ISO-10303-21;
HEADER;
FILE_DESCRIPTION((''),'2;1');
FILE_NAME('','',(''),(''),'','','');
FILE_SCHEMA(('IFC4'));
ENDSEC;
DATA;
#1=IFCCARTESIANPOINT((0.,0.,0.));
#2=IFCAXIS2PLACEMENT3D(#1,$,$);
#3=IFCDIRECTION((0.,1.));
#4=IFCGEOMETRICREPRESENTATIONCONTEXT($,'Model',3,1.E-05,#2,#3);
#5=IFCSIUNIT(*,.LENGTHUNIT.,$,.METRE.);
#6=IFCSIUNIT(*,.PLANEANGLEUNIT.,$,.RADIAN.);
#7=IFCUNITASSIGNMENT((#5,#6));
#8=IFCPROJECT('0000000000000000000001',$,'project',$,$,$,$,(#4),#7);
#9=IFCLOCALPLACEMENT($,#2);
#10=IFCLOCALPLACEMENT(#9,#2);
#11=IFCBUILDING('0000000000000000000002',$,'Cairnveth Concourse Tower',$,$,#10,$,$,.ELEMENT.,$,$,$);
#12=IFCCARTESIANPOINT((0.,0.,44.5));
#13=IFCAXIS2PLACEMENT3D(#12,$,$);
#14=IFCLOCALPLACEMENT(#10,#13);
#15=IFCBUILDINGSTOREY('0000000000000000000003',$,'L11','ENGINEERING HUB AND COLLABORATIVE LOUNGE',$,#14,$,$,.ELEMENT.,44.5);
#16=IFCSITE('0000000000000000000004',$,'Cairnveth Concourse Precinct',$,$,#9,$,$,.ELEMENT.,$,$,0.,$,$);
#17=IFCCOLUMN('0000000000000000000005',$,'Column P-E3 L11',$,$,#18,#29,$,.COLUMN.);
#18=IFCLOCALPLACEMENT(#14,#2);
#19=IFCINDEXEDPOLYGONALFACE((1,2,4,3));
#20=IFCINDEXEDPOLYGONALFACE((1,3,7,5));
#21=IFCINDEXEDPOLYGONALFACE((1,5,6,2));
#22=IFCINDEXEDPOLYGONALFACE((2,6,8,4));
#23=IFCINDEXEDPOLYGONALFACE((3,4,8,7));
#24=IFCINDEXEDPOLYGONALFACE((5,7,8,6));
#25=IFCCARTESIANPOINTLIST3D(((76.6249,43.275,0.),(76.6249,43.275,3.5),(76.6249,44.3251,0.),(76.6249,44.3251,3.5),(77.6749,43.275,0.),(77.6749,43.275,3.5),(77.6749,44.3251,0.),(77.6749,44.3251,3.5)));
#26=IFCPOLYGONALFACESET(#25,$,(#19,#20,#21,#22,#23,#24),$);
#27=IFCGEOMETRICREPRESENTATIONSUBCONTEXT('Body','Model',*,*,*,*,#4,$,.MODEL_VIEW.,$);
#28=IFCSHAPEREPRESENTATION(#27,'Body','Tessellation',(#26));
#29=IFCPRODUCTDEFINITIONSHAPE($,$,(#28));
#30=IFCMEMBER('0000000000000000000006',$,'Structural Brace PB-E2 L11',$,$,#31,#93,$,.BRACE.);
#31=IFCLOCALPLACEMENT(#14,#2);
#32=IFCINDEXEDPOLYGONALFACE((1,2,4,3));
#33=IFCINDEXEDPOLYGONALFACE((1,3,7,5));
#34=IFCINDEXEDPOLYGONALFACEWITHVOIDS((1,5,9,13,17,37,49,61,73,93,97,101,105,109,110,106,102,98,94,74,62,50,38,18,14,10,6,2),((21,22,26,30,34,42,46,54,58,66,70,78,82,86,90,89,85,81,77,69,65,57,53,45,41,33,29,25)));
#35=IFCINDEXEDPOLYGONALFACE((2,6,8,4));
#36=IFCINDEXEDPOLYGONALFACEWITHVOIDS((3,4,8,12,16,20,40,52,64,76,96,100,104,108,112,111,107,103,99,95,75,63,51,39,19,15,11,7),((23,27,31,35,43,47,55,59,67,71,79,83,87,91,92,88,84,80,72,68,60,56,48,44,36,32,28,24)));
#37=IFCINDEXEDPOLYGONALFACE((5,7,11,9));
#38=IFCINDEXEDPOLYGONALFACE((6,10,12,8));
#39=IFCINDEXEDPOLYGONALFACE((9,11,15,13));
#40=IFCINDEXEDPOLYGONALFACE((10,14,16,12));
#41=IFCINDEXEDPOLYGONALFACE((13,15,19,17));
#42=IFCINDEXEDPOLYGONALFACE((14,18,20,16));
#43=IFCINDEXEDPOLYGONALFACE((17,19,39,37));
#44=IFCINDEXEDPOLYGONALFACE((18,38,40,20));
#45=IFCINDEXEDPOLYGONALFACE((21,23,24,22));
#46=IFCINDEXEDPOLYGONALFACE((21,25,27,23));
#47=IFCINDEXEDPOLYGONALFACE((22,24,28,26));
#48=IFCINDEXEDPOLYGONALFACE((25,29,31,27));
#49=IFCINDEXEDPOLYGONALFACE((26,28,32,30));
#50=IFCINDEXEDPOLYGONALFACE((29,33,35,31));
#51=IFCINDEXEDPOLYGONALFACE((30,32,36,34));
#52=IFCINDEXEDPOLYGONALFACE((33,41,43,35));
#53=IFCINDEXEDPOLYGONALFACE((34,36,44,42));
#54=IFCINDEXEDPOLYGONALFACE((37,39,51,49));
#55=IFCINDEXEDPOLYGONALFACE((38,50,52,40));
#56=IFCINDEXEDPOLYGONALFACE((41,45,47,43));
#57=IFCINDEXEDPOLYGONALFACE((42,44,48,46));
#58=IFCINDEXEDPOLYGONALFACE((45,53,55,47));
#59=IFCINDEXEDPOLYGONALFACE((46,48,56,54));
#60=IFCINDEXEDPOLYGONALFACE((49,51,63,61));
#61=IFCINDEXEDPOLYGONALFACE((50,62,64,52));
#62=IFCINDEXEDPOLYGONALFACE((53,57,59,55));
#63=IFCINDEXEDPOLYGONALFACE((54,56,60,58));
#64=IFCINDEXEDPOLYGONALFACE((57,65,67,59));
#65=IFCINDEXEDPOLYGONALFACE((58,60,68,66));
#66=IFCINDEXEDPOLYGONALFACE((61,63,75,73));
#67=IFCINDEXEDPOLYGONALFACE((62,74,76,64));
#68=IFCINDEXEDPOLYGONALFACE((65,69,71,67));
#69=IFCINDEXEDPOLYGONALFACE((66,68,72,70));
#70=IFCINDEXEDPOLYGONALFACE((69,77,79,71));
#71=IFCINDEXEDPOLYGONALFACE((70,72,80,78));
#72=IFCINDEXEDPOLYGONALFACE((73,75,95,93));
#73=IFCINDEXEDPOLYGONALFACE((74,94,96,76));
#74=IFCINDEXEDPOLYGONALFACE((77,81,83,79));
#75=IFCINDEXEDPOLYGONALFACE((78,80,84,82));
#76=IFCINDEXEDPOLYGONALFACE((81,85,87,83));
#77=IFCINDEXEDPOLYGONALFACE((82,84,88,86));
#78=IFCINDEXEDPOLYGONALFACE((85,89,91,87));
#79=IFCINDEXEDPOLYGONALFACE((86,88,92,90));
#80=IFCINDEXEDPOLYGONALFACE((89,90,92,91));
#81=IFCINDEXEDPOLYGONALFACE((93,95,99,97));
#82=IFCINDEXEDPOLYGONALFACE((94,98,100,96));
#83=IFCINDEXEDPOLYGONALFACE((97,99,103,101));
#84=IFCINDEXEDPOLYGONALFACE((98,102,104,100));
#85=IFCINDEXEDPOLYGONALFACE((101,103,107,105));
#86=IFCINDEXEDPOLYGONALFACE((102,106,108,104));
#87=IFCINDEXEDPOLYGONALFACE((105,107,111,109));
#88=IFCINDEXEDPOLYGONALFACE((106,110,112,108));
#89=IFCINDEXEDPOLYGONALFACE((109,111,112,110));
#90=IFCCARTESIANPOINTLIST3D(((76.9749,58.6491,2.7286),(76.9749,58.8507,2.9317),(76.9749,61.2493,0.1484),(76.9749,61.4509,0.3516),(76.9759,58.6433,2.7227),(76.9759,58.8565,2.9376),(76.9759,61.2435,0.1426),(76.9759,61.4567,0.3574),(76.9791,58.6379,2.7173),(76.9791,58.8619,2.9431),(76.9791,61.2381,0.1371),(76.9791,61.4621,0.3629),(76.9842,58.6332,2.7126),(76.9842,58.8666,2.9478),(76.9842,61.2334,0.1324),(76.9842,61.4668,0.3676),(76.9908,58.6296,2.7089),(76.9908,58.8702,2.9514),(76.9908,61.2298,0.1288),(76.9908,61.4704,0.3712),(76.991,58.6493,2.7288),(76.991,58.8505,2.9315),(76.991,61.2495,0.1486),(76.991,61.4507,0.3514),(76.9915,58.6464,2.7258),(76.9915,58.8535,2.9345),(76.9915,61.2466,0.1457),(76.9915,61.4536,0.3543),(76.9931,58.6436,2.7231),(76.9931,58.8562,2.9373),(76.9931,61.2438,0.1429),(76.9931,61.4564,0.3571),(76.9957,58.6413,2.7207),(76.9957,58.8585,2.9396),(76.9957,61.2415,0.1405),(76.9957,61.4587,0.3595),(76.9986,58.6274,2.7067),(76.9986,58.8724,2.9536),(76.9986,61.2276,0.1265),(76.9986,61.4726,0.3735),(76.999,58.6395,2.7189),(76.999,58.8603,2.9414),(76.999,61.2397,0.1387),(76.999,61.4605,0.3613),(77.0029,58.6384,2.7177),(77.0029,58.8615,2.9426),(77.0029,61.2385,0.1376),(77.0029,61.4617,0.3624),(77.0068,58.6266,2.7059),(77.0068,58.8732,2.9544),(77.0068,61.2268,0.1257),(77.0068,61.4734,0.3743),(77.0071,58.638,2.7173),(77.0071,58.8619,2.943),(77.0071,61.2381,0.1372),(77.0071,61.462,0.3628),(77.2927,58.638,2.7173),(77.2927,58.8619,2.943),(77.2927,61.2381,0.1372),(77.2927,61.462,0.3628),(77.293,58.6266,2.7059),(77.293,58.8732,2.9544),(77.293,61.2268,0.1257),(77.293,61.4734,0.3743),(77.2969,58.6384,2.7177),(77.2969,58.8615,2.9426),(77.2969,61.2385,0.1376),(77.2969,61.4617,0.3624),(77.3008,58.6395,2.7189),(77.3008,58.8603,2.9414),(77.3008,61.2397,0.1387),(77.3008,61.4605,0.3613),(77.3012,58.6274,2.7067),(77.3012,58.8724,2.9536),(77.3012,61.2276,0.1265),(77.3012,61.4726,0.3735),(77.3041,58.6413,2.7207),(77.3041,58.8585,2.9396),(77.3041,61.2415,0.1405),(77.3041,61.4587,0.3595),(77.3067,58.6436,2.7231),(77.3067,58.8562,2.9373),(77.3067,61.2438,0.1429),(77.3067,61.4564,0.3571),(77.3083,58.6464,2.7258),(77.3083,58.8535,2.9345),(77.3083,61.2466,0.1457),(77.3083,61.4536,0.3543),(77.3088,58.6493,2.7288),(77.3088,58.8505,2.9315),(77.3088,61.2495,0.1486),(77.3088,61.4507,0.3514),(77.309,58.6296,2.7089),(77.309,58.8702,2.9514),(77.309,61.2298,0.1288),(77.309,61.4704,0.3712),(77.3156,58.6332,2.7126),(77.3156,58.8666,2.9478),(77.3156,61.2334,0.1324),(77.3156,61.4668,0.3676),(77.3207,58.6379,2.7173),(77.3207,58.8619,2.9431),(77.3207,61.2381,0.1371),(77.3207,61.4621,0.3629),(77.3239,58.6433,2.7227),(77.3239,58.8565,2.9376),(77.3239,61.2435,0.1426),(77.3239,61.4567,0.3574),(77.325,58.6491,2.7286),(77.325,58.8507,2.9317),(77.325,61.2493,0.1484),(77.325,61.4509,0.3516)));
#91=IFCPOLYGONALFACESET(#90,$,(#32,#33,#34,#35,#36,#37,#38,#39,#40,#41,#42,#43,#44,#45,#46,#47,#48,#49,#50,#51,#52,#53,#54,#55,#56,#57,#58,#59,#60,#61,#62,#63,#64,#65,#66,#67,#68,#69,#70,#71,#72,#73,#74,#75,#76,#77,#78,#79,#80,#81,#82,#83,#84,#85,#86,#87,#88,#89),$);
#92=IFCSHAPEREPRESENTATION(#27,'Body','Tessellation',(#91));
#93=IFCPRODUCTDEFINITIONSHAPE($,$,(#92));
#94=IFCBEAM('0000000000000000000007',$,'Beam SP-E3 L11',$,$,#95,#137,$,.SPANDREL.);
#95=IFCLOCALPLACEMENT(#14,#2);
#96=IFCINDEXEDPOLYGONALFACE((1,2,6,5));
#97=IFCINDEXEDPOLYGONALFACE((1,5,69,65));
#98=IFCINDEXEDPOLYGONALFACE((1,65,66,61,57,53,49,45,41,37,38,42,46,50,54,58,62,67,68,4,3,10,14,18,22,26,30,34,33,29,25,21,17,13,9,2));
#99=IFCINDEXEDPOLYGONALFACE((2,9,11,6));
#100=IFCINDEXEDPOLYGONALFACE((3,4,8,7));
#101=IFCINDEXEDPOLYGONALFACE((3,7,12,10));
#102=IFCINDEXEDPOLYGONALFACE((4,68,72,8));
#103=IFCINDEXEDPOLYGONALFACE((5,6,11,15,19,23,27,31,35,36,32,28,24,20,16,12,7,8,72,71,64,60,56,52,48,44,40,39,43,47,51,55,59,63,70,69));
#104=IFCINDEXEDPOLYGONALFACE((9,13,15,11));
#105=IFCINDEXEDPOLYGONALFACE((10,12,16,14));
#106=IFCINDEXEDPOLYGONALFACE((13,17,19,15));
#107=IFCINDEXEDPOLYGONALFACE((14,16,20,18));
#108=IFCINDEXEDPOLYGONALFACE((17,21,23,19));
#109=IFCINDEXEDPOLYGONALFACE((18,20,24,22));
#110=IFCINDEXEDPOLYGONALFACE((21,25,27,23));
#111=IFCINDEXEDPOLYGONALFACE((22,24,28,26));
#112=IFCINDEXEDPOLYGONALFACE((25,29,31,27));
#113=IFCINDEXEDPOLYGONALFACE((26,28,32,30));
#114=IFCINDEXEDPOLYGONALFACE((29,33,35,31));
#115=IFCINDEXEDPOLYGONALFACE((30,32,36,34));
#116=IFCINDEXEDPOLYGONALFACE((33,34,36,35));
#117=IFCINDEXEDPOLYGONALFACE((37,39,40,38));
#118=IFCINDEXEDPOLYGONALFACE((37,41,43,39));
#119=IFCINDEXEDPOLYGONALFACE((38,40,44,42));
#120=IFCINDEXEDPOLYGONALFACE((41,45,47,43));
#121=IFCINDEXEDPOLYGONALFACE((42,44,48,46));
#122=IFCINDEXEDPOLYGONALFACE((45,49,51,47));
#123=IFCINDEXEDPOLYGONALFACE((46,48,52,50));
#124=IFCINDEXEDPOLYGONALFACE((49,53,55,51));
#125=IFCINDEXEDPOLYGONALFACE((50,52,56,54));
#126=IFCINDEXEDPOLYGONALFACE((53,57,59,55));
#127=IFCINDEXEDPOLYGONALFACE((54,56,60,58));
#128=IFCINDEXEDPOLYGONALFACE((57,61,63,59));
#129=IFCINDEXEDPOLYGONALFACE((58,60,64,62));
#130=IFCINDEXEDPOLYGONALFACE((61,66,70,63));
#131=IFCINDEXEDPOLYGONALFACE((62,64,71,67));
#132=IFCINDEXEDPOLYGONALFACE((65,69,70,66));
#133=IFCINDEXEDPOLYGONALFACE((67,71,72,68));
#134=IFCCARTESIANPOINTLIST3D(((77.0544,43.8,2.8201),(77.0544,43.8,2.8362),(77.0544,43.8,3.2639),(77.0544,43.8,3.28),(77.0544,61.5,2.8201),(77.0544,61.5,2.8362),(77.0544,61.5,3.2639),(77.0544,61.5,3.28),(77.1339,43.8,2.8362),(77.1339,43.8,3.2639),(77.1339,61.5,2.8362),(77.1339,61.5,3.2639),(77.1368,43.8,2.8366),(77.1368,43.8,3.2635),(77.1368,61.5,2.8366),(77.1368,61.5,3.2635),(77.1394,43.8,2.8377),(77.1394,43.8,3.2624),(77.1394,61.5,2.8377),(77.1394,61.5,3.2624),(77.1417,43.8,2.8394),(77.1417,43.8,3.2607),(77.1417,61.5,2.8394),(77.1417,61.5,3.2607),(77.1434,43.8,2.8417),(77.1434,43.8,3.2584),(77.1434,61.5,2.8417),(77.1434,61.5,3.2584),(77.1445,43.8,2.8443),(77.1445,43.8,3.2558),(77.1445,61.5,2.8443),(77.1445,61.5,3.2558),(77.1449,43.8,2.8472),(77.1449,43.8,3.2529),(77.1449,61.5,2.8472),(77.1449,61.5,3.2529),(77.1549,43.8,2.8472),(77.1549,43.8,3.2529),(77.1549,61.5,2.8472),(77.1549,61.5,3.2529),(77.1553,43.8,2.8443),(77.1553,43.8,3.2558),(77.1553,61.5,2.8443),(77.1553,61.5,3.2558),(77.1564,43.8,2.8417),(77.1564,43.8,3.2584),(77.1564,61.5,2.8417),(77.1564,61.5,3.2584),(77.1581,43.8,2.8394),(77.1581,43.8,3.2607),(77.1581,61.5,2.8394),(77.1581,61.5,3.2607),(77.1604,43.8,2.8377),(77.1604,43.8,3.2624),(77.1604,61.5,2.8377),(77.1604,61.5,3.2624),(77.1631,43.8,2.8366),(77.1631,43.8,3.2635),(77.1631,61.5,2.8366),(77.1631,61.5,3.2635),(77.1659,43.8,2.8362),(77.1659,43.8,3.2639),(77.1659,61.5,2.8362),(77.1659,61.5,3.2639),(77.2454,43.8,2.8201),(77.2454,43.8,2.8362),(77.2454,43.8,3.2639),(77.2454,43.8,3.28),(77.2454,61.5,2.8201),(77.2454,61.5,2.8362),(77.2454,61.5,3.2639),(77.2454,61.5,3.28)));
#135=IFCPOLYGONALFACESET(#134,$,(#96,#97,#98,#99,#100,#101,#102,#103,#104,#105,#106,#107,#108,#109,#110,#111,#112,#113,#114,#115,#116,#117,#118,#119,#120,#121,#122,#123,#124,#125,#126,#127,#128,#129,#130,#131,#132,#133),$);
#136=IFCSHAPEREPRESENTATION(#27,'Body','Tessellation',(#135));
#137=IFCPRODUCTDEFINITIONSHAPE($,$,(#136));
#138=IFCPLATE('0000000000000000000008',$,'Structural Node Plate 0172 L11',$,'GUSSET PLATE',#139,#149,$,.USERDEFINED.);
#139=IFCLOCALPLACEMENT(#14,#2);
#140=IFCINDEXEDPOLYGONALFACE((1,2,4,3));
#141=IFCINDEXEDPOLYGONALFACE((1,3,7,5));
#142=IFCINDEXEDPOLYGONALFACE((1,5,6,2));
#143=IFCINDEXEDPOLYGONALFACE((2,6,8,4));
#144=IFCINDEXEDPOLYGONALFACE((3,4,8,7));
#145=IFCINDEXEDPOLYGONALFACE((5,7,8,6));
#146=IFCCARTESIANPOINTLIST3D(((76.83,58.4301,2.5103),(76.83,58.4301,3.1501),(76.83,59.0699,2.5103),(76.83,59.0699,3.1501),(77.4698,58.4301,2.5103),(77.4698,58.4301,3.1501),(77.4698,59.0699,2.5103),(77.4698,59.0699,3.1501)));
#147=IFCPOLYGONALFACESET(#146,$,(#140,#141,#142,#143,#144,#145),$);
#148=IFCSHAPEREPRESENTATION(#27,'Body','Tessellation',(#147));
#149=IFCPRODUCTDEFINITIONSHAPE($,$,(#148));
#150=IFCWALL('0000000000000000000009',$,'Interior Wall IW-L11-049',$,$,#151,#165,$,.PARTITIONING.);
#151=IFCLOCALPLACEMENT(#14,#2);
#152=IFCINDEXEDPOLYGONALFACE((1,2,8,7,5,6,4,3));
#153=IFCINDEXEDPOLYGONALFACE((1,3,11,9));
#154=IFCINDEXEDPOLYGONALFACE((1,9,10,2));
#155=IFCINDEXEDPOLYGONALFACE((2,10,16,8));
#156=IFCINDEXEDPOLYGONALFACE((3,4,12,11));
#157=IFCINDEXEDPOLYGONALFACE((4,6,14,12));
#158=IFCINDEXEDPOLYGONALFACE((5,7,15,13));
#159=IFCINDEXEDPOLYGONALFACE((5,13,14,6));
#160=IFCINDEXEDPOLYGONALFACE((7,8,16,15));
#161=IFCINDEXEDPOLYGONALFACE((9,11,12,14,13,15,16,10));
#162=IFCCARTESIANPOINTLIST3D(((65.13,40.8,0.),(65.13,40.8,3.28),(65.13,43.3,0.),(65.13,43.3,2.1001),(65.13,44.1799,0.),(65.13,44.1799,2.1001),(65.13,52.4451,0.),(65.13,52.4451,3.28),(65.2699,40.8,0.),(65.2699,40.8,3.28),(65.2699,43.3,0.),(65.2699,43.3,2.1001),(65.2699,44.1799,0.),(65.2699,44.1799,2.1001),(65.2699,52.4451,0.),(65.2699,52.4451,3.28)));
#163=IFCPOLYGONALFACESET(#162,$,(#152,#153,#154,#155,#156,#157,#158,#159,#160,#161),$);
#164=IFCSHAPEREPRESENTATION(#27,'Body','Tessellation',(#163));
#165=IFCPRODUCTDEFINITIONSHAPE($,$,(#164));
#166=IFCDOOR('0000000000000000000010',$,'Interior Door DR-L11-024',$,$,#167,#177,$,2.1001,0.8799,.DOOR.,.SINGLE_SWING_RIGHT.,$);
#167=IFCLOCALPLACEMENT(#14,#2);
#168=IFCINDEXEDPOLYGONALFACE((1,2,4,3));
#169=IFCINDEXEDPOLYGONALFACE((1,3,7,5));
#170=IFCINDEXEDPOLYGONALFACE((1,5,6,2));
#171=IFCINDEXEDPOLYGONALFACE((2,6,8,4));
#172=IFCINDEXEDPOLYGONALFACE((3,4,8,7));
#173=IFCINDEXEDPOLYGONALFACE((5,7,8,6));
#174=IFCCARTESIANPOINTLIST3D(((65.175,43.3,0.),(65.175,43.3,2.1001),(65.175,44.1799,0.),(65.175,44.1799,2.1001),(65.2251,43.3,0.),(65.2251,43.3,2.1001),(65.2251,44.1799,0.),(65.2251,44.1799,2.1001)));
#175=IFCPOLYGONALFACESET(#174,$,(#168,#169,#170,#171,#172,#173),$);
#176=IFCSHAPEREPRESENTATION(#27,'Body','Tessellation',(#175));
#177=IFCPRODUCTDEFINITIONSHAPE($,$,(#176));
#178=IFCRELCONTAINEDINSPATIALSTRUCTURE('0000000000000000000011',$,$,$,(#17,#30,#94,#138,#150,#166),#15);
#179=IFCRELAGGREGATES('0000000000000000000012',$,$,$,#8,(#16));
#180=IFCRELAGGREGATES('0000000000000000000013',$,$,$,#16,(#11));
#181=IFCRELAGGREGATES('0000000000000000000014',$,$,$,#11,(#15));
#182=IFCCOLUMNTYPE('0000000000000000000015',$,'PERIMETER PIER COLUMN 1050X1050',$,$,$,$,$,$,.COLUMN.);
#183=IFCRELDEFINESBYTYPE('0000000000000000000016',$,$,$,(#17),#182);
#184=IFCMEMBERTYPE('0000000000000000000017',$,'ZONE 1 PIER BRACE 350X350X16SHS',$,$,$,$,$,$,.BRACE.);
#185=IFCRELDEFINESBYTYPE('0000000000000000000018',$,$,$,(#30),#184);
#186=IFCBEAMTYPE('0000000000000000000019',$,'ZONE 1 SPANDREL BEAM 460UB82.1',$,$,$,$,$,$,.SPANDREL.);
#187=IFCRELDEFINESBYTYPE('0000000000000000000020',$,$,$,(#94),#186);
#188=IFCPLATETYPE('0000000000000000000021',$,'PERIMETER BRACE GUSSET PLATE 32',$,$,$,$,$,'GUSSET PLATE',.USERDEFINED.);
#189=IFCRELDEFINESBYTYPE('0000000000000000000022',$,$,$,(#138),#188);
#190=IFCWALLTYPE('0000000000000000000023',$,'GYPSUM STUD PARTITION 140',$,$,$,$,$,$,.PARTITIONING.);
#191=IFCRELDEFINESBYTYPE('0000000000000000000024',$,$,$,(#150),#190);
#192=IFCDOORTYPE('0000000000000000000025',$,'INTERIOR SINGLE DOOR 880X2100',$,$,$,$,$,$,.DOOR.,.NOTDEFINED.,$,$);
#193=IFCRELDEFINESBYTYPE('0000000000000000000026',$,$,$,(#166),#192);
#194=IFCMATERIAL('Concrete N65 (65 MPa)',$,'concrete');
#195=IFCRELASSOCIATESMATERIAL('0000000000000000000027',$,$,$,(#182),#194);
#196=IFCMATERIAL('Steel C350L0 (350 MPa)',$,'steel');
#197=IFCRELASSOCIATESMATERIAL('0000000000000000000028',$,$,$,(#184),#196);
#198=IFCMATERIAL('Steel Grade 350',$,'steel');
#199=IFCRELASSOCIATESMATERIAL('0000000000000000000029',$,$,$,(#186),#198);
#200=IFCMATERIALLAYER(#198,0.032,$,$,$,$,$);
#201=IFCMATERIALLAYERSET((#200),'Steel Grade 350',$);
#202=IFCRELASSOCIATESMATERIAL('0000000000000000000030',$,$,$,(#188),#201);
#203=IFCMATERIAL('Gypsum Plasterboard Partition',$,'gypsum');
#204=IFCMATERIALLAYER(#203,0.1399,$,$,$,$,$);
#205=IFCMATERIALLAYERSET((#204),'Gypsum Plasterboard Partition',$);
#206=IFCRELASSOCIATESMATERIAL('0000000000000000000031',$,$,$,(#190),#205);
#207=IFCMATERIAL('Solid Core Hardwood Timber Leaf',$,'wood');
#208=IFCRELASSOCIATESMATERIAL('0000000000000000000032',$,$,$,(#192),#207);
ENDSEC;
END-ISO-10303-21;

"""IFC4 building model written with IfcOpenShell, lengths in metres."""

from ifc_helpers import new_model, si_unit, direction, frame, frame_2d, origin, origin_2d, place, context, subcontext, project, spatial, rectangle, hollow_rectangle, i_section, extrude, material, layer, layer_set, material_profile, profile_set, type_object, element, fill, save


model = new_model("IFC4")

# Units and contexts
model_context = context("Model", 3, precision=1e-05, world=origin(), true_north=direction((0.0, 1.0)))
body_context = subcontext(model_context, "Body", "Model", "MODEL_VIEW")
ifc_project = project(units=[si_unit("LENGTHUNIT", "METRE"), si_unit("PLANEANGLEUNIT", "RADIAN")], contexts=[model_context])

# Site, building, storey
site_placement = place(None, origin())
site = spatial("IfcSite", under=ifc_project, at=site_placement, Name="Cairnveth Concourse Precinct", CompositionType="ELEMENT", RefElevation=0.0)
building_placement = place(site_placement, origin())
building = spatial("IfcBuilding", under=site, at=building_placement, Name="Cairnveth Concourse Tower", CompositionType="ELEMENT")
storey_placement = place(building_placement, frame((0.0, 0.0, 44.5)))
storey = spatial("IfcBuildingStorey", under=building, at=storey_placement, Name="L11", Description="ENGINEERING HUB AND COLLABORATIVE LOUNGE", CompositionType="ELEMENT", Elevation=44.5)

# Column
ifc_material_1 = material(Name="Concrete N65 (65 MPa)", Category="concrete")
ifc_material_profile_1 = material_profile(ifc_material_1, rectangle(XDim=1.05, YDim=1.05, at=origin_2d()), Name="RC-COL-1050x1050")
ifc_profile_set_1 = profile_set([ifc_material_profile_1], Name="Concrete N65 (65 MPa)")
column_type = type_object("IfcColumnType", Name="PERIMETER PIER COLUMN 1050X1050", PredefinedType="COLUMN", material=ifc_profile_set_1)
column_placement = place(storey_placement, frame((77.1499, 43.8, 0.0), z_axis=(0.0, 0.0, 1.0), x_axis=(0.0, 1.0, 0.0)))
element("IfcColumn", 1, at=column_placement, inside=storey, type_object=column_type, Name="Column P-E3 L11", PredefinedType="COLUMN", context=body_context, shape_type="SweptSolid", body=[
    extrude(rectangle(XDim=1.05, YDim=1.05, at=origin_2d()), origin(), (0.0, 0.0, 1.0), 3.5),
])

# Member
ifc_material_2 = material(Name="Steel C350L0 (350 MPa)", Category="steel")
ifc_material_profile_2 = material_profile(ifc_material_2, hollow_rectangle(XDim=0.3501, YDim=0.3501, WallThickness=0.0161, InnerFilletRadius=0.0161, OuterFilletRadius=0.032, at=origin_2d()), Name="350x350x16.0SHS")
ifc_profile_set_2 = profile_set([ifc_material_profile_2], Name="Steel C350L0 (350 MPa)")
member_type = type_object("IfcMemberType", Name="ZONE 1 PIER BRACE 350X350X16SHS", PredefinedType="BRACE", material=ifc_profile_set_2)
member_placement = place(storey_placement, frame((77.1499, 61.3501, 0.25), z_axis=(0.0, -0.709834, 0.704369), x_axis=(1.0, 0.0, 0.0)))
element("IfcMember", 2, at=member_placement, inside=storey, type_object=member_type, Name="Structural Brace PB-E2 L11", PredefinedType="BRACE", context=body_context, shape_type="SweptSolid", body=[
    extrude(hollow_rectangle(XDim=0.3501, YDim=0.3501, WallThickness=0.0161, InnerFilletRadius=0.0161, OuterFilletRadius=0.032, at=origin_2d()), origin(), (0.0, 0.0, 1.0), 3.6631),
])

# Beam
ifc_material_3 = material(Name="Steel Grade 350", Category="steel")
ifc_material_profile_3 = material_profile(ifc_material_3, i_section(OverallWidth=0.1909, OverallDepth=0.46, WebThickness=0.01, FlangeThickness=0.0161, FilletRadius=0.011, at=origin_2d()), Name="460UB82.1")
ifc_profile_set_3 = profile_set([ifc_material_profile_3], Name="Steel Grade 350")
beam_type = type_object("IfcBeamType", Name="ZONE 1 SPANDREL BEAM 460UB82.1", PredefinedType="SPANDREL", material=ifc_profile_set_3)
beam_placement = place(storey_placement, frame((77.1499, 43.8, 3.05), z_axis=(0.0, 1.0, 0.0), x_axis=(-1.0, 0.0, 0.0)))
element("IfcBeam", 3, at=beam_placement, inside=storey, type_object=beam_type, Name="Beam SP-E3 L11", PredefinedType="SPANDREL", context=body_context, shape_type="SweptSolid", body=[
    extrude(i_section(OverallWidth=0.1909, OverallDepth=0.46, WebThickness=0.01, FlangeThickness=0.0161, FilletRadius=0.011, at=origin_2d()), origin(), (0.0, 0.0, 1.0), 17.7),
])

# Plate
ifc_layer_1 = layer(ifc_material_3, 0.032)
ifc_layer_set_1 = layer_set([ifc_layer_1], Name="Steel Grade 350")
plate_type = type_object("IfcPlateType", Name="PERIMETER BRACE GUSSET PLATE 32", ElementType="GUSSET PLATE", PredefinedType="USERDEFINED", material=ifc_layer_set_1)
plate_placement = place(storey_placement, frame((77.1499, 58.75, 2.5103), z_axis=(0.0, 0.0, 1.0), x_axis=(1.0, 0.0, 0.0)))
element("IfcPlate", 4, at=plate_placement, inside=storey, type_object=plate_type, Name="Structural Node Plate 0172 L11", ObjectType="GUSSET PLATE", PredefinedType="USERDEFINED", context=body_context, shape_type="SweptSolid", body=[
    extrude(rectangle(XDim=0.6399, YDim=0.6399, at=origin_2d()), origin(), (0.0, 0.0, 1.0), 0.6399),
])

# Wall, opening, door
ifc_material_4 = material(Name="Gypsum Plasterboard Partition", Category="gypsum")
ifc_layer_2 = layer(ifc_material_4, 0.1399)
ifc_layer_set_2 = layer_set([ifc_layer_2], Name="Gypsum Plasterboard Partition")
wall_type_1 = type_object("IfcWallType", Name="GYPSUM STUD PARTITION 140", PredefinedType="PARTITIONING", material=ifc_layer_set_2)
wall_1_placement = place(storey_placement, frame((65.2, 40.8, 0.0), z_axis=(0.0, 0.0, 1.0), x_axis=(0.0, 1.0, 0.0)))
wall_1 = element("IfcWall", 5, at=wall_1_placement, inside=storey, type_object=wall_type_1, Name="Interior Wall IW-L11-049", PredefinedType="PARTITIONING", context=body_context, shape_type="SweptSolid", body=[
    extrude(rectangle(XDim=11.645, YDim=0.1399, at=frame_2d((5.8225, 0.0))), origin(), (0.0, 0.0, 1.0), 3.28),
])
opening_placement = place(wall_1_placement, frame((2.5, 0.0, 0.0)))
opening = element("IfcOpeningElement", 6, at=opening_placement, cuts=wall_1, PredefinedType="OPENING", context=body_context, shape_type="SweptSolid", body=[
    extrude(rectangle(XDim=0.8799, YDim=2.1001, at=frame_2d((0.4399, 1.05))), frame((0.0, 0.0798, 0.0), z_axis=(0.0, -1.0, 0.0), x_axis=(1.0, 0.0, 0.0)), (0.0, 0.0, 1.0), 0.1599),
])
ifc_material_5 = material(Name="Solid Core Hardwood Timber Leaf", Category="wood")
door_type = type_object("IfcDoorType", Name="INTERIOR SINGLE DOOR 880X2100", OperationType="NOTDEFINED", PredefinedType="DOOR", material=ifc_material_5)
door_placement = place(opening_placement, origin())
door = element("IfcDoor", 7, at=door_placement, inside=storey, type_object=door_type, Name="Interior Door DR-L11-024", OperationType="SINGLE_SWING_RIGHT", OverallHeight=2.1001, OverallWidth=0.8799, PredefinedType="DOOR", context=body_context, shape_type="SweptSolid", body=[
    extrude(rectangle(XDim=0.8799, YDim=2.1001, at=frame_2d((0.4399, 1.05))), frame((0.0, 0.0249, 0.0), z_axis=(0.0, -1.0, 0.0), x_axis=(1.0, 0.0, 0.0)), (0.0, 0.0, 1.0), 0.05),
])
fill(opening, door)

save(model, "model.ifc")
